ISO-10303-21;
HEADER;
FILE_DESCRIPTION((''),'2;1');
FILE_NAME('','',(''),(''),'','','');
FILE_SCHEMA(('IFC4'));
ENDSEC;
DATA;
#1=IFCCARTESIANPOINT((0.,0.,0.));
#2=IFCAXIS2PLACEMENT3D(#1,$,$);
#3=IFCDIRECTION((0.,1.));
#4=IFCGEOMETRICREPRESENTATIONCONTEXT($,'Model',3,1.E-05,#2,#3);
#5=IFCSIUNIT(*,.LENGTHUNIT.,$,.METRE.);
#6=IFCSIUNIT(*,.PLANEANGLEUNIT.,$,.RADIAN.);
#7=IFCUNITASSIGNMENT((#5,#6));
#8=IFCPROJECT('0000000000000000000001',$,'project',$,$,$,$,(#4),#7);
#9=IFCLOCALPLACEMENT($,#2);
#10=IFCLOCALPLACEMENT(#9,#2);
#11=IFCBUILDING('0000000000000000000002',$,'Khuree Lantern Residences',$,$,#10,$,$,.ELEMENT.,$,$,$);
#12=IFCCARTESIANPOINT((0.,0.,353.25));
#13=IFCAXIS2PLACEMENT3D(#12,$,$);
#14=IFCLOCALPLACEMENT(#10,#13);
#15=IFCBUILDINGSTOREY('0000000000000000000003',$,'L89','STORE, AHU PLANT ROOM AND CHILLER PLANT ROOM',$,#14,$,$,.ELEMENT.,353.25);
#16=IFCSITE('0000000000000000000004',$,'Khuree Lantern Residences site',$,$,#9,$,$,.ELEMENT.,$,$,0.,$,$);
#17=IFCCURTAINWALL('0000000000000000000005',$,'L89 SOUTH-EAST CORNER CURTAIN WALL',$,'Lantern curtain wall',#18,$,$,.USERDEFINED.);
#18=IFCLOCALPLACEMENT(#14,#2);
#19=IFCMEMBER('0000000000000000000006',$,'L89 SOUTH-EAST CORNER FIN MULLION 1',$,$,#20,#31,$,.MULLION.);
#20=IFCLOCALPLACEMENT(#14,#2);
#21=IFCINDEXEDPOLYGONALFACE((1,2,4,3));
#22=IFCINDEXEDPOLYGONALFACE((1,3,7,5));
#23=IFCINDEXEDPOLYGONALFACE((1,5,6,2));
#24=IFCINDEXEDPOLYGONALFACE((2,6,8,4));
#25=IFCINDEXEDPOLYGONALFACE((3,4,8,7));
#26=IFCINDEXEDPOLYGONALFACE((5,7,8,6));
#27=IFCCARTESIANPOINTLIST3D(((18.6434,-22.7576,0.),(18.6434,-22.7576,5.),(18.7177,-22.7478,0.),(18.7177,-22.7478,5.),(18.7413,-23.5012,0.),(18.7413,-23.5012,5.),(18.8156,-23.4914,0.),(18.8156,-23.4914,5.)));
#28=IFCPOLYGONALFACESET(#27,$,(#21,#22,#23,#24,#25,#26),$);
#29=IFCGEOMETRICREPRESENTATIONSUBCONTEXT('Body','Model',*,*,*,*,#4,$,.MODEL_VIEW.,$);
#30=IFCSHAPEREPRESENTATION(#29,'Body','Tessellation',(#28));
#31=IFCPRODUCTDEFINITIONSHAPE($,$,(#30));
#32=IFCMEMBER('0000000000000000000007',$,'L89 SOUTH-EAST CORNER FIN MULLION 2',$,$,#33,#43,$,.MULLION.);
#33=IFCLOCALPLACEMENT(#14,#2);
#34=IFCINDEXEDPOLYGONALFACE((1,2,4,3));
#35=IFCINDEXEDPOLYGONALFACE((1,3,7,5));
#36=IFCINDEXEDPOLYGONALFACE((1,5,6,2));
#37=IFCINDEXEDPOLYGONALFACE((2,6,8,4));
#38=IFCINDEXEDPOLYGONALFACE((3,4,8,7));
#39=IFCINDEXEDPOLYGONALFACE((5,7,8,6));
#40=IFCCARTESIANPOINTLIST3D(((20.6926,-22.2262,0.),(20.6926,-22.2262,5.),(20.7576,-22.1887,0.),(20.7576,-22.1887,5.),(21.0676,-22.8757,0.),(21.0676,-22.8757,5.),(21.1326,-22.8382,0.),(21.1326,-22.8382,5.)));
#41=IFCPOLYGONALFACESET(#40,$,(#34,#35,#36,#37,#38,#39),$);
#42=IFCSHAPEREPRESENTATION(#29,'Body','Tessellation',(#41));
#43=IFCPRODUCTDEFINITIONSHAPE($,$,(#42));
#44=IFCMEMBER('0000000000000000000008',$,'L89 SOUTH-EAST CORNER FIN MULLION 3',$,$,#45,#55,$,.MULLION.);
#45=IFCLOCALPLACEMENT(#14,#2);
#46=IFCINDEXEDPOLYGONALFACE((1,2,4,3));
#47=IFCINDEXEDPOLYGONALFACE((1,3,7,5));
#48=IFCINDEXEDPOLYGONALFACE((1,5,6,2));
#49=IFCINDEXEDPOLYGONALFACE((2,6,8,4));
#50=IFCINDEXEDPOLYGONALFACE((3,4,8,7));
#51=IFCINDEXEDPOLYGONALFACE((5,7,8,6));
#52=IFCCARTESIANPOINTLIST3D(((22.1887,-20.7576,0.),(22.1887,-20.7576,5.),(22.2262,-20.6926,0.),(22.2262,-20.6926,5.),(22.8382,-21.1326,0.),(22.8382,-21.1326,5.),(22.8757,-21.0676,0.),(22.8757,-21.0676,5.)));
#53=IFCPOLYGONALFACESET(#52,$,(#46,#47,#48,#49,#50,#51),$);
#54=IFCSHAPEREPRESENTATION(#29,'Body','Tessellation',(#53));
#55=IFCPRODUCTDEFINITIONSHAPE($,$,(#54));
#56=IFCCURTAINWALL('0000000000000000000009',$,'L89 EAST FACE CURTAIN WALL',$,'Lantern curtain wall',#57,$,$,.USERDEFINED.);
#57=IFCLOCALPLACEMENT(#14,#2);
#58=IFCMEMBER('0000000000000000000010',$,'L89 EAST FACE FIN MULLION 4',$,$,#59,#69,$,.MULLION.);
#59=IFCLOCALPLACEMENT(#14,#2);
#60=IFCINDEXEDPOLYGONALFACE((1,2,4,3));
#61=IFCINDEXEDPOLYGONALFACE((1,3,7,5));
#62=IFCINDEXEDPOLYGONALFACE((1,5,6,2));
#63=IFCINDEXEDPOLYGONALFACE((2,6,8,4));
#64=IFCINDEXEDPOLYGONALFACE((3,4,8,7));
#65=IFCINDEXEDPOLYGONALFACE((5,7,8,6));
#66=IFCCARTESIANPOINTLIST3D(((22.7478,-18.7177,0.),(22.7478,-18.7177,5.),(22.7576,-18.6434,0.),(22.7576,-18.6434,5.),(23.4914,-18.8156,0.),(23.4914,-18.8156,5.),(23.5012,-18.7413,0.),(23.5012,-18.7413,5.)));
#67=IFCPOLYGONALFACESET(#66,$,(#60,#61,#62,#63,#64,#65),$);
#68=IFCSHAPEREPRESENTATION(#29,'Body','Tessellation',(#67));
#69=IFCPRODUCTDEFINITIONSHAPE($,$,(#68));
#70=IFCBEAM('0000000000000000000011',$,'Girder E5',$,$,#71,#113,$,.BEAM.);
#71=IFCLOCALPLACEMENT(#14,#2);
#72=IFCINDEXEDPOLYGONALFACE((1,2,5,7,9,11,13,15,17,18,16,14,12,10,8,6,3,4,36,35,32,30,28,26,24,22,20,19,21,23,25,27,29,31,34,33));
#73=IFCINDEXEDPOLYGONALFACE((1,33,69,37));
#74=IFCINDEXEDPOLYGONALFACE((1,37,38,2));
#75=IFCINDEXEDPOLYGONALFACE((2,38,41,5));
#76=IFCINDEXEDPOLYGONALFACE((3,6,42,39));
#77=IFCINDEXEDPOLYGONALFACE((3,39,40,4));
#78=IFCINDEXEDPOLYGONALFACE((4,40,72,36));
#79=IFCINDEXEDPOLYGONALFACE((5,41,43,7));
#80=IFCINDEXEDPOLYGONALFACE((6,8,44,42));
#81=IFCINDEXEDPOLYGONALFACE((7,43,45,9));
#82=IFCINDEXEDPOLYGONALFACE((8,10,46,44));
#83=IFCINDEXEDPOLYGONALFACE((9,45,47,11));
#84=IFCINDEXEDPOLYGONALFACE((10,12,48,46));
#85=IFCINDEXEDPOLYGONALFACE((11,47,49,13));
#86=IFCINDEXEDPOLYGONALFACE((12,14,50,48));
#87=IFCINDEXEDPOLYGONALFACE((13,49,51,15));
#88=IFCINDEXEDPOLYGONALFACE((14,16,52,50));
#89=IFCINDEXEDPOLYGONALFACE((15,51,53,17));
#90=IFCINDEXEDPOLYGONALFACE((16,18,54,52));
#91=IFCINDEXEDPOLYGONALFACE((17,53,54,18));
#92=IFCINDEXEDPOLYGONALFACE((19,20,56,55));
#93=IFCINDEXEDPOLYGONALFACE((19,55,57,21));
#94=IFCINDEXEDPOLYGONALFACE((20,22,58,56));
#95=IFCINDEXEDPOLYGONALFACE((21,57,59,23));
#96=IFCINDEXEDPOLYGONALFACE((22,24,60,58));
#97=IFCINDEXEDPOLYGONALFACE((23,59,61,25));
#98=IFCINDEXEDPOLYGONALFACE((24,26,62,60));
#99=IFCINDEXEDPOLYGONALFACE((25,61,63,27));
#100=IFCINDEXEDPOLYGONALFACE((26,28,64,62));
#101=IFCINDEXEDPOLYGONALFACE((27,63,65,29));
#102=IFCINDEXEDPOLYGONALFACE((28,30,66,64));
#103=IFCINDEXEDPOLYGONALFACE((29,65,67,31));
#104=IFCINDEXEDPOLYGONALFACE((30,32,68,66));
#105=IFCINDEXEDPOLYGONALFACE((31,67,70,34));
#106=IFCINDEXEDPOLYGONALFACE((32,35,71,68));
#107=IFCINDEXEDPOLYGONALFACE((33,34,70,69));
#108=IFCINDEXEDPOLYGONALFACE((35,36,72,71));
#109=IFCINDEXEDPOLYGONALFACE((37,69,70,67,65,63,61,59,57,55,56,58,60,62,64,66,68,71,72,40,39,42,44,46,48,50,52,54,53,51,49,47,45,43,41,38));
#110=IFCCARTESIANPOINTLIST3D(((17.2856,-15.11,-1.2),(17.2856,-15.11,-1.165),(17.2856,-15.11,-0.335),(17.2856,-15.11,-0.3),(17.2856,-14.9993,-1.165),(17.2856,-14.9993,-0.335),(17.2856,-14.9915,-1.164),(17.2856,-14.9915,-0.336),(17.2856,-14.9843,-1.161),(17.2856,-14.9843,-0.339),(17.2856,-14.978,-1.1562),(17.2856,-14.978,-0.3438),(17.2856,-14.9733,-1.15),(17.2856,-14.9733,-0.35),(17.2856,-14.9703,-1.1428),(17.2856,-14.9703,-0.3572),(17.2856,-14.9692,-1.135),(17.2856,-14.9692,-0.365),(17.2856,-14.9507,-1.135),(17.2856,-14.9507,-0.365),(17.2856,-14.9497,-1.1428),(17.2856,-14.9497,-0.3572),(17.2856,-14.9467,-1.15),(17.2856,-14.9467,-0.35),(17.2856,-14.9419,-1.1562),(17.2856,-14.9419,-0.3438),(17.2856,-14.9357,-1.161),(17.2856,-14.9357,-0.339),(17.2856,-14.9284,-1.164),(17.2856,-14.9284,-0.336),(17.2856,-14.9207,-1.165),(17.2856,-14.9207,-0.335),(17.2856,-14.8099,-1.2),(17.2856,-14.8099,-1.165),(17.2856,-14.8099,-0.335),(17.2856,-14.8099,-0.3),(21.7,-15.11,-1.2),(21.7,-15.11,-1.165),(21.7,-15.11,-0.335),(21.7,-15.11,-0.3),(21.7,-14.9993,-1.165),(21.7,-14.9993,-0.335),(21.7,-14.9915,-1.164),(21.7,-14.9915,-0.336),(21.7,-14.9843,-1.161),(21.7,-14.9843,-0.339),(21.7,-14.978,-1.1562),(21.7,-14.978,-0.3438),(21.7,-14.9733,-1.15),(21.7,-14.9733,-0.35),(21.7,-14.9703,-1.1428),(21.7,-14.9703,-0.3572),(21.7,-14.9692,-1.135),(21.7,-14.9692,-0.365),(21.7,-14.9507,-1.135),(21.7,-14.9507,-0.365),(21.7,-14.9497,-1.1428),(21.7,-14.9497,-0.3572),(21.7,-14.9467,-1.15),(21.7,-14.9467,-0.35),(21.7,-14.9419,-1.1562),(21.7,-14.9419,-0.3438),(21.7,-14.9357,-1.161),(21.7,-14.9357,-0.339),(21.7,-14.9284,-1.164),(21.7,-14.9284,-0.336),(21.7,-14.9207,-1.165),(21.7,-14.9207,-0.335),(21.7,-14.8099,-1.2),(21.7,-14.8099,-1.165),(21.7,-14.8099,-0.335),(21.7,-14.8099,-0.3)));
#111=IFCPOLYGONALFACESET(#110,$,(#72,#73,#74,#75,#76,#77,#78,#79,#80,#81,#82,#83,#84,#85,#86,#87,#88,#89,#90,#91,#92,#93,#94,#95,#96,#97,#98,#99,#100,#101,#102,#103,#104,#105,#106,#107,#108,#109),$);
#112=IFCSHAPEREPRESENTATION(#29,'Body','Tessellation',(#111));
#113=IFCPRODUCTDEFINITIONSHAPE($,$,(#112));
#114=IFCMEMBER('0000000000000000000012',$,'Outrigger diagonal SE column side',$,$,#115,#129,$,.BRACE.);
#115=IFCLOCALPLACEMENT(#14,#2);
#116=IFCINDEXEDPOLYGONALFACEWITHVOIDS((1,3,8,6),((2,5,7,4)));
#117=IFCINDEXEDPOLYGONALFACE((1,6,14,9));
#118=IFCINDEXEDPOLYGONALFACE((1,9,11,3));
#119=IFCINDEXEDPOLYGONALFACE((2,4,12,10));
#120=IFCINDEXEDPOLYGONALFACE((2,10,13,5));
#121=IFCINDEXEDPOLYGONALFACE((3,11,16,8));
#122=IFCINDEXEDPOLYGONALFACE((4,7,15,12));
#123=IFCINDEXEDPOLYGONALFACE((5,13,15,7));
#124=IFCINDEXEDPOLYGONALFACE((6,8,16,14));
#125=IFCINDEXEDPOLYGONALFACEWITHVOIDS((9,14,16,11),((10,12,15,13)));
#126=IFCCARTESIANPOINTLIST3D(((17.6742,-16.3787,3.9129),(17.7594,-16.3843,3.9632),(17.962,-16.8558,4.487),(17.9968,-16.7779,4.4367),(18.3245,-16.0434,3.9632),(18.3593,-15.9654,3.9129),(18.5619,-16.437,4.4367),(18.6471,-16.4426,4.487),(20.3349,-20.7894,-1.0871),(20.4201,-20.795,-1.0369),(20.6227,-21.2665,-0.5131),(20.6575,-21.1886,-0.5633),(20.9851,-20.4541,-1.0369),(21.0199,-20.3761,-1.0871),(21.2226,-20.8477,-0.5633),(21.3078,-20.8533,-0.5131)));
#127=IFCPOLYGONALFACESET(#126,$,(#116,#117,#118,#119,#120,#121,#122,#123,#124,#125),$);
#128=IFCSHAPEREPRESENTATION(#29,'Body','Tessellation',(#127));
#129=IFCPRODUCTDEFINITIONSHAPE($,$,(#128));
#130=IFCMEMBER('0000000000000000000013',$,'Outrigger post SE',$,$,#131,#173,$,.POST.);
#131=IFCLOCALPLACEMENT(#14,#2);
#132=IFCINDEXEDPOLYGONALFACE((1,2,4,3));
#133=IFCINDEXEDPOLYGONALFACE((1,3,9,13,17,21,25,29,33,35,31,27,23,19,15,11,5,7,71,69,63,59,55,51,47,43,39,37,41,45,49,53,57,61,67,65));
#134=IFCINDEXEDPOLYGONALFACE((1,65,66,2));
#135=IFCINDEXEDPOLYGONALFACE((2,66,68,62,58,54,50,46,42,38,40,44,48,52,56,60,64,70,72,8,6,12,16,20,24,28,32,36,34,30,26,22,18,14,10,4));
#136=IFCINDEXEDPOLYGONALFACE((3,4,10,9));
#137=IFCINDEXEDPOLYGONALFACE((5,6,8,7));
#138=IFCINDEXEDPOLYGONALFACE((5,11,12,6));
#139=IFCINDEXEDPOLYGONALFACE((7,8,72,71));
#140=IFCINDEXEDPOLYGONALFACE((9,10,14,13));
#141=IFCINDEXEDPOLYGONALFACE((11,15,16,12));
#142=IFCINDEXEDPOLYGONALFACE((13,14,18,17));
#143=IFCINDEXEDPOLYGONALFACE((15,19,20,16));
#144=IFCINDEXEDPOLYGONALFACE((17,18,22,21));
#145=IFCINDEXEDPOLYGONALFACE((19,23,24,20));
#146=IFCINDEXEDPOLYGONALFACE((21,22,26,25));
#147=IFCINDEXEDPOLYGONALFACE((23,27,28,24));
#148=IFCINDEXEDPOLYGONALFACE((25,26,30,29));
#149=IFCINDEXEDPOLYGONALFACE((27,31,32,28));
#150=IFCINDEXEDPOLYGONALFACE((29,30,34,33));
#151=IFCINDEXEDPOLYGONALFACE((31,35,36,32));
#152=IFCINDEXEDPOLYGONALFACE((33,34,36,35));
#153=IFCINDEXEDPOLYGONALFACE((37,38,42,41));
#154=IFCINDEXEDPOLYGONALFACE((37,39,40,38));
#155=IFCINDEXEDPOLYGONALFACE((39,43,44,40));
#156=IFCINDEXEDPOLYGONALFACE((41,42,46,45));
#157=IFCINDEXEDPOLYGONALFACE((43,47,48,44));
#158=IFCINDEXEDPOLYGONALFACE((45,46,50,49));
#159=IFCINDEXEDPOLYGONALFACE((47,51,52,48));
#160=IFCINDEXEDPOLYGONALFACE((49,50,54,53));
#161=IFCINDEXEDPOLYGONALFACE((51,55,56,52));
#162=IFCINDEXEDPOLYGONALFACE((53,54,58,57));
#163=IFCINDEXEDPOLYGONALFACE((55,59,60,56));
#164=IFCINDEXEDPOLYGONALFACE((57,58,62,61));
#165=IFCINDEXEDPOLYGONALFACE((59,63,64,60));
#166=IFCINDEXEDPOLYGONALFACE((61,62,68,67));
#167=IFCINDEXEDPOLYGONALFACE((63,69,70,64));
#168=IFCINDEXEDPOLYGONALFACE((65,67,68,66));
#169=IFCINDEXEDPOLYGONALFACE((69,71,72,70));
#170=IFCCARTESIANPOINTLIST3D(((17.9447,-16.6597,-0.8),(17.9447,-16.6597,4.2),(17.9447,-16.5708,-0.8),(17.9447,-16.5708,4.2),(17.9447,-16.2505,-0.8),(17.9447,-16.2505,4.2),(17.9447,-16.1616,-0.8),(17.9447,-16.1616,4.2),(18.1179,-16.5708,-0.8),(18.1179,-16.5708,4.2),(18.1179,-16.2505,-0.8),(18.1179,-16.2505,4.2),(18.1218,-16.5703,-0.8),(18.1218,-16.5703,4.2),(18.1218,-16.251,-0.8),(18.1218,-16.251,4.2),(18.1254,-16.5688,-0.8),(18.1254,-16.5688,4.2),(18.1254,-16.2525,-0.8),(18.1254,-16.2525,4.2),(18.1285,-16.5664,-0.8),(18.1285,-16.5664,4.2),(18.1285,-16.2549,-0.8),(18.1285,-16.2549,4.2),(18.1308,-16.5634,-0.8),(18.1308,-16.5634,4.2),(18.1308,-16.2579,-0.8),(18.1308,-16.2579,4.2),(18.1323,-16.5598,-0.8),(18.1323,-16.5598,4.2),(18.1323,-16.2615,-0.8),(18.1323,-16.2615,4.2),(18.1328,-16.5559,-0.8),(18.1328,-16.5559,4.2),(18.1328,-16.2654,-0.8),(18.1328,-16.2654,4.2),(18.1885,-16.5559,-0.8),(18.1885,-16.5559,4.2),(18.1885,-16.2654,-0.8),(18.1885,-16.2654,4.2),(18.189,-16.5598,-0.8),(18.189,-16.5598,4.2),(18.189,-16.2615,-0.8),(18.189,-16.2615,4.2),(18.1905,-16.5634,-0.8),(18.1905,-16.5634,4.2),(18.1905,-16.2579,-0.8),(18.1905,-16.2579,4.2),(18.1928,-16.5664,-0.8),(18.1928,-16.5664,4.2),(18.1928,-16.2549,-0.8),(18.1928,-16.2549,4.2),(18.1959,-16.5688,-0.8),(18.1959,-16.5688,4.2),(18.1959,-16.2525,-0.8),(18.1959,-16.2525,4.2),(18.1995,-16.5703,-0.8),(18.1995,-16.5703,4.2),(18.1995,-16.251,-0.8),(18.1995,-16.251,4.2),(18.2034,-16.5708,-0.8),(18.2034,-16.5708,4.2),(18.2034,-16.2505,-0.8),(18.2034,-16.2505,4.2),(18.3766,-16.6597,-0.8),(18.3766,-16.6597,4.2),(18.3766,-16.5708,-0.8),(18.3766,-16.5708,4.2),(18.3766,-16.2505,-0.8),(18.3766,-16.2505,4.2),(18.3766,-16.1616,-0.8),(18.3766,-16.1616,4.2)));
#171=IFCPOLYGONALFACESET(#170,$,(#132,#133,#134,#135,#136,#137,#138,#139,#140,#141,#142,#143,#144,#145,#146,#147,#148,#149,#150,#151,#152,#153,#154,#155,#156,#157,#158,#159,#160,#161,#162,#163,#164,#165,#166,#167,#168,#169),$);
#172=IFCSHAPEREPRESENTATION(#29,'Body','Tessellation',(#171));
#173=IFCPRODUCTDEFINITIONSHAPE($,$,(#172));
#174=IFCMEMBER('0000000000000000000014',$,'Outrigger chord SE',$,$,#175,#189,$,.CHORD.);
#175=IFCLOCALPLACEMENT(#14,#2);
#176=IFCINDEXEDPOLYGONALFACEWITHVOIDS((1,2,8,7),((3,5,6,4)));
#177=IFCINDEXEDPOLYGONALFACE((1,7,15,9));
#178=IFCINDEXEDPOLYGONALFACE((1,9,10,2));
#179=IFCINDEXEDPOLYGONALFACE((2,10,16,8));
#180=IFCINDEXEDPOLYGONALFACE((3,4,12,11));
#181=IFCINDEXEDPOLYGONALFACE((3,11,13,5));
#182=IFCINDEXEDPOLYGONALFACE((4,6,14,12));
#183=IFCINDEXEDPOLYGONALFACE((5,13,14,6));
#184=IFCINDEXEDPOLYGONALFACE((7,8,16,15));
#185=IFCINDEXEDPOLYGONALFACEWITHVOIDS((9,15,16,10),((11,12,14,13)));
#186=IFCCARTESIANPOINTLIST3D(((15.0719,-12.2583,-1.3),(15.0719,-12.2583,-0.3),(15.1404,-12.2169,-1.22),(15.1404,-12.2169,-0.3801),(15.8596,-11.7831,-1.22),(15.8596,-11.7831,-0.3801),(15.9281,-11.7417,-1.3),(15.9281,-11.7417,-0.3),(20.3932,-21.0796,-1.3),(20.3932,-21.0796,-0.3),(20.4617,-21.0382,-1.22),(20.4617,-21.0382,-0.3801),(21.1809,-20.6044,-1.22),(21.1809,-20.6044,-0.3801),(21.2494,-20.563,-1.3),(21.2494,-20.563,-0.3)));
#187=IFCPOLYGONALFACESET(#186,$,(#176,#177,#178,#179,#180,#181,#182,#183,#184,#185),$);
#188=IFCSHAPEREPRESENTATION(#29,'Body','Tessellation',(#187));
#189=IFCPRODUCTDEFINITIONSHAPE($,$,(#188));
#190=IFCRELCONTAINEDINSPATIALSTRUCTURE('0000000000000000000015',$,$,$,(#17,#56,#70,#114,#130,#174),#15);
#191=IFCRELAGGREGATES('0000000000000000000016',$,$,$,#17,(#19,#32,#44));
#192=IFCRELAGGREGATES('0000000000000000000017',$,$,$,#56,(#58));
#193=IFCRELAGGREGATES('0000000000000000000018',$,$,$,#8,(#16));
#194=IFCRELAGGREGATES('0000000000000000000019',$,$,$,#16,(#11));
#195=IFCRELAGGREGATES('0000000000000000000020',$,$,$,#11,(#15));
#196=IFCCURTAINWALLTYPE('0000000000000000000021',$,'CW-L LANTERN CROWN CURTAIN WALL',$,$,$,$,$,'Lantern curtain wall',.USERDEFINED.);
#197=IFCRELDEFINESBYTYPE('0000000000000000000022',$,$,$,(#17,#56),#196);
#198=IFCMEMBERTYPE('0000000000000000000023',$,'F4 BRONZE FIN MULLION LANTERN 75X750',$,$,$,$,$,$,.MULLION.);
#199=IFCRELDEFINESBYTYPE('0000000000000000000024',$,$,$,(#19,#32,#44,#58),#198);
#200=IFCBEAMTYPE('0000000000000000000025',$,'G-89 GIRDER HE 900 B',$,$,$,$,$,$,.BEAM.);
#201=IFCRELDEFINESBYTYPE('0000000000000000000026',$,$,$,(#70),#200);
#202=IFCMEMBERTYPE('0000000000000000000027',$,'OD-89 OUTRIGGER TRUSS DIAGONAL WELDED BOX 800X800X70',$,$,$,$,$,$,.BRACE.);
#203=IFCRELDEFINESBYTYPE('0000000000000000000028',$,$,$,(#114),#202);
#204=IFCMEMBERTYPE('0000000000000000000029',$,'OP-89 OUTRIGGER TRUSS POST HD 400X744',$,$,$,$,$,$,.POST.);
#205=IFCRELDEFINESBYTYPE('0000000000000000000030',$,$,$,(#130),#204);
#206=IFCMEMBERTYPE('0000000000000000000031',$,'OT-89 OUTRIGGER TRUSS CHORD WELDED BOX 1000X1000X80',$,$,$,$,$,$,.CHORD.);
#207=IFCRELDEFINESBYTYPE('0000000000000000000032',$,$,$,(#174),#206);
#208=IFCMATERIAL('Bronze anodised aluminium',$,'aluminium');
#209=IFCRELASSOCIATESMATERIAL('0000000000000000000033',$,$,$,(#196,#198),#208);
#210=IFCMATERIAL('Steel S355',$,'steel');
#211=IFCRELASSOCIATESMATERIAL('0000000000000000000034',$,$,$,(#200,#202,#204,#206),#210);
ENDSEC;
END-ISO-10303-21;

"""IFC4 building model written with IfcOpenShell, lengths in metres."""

from ifc_helpers import new_model, si_unit, direction, frame, origin, origin_2d, place, context, subcontext, project, spatial, rectangle, hollow_rectangle, i_section, extrude, material, material_profile, profile_set, type_object, element, aggregate, save


model = new_model("IFC4")

# Units and contexts
model_context = context("Model", 3, precision=1e-05, world=origin(), true_north=direction((0.0, 1.0)))
body_context = subcontext(model_context, "Body", "Model", "MODEL_VIEW")
ifc_project = project(units=[si_unit("LENGTHUNIT", "METRE"), si_unit("PLANEANGLEUNIT", "RADIAN")], contexts=[model_context])

# Site, building, storey
site_placement = place(None, origin())
site = spatial("IfcSite", under=ifc_project, at=site_placement, Name="Khuree Lantern Residences site", CompositionType="ELEMENT", RefElevation=0.0)
building_placement = place(site_placement, origin())
building = spatial("IfcBuilding", under=site, at=building_placement, Name="Khuree Lantern Residences", CompositionType="ELEMENT")
storey_placement = place(building_placement, frame((0.0, 0.0, 353.25)))
storey = spatial("IfcBuildingStorey", under=building, at=storey_placement, Name="L89", Description="STORE, AHU PLANT ROOM AND CHILLER PLANT ROOM", CompositionType="ELEMENT", Elevation=353.25)

# Shared definitions
ifc_material_1 = material(Name="Steel S355", Category="steel")

# Curtain wall, members
ifc_material_2 = material(Name="Bronze anodised aluminium", Category="aluminium")
curtain_wall_type = type_object("IfcCurtainWallType", Name="CW-L LANTERN CROWN CURTAIN WALL", ElementType="Lantern curtain wall", PredefinedType="USERDEFINED", material=ifc_material_2)
curtain_wall_1_placement = place(storey_placement, origin())
curtain_wall_1 = element("IfcCurtainWall", 1, at=curtain_wall_1_placement, inside=storey, type_object=curtain_wall_type, Name="L89 SOUTH-EAST CORNER CURTAIN WALL", ObjectType="Lantern curtain wall", PredefinedType="USERDEFINED")
ifc_material_profile_1 = material_profile(ifc_material_2, rectangle(XDim=0.075, YDim=0.75, at=origin_2d()), Name="F4 75X750")
ifc_profile_set_1 = profile_set([ifc_material_profile_1], Name="Bronze anodised aluminium")
member_type_1 = type_object("IfcMemberType", Name="F4 BRONZE FIN MULLION LANTERN 75X750", PredefinedType="MULLION", material=ifc_profile_set_1)
member_1_placement = place(storey_placement, frame((18.7295, -23.1245, 0.0), z_axis=(0.0, 0.0, 1.0), x_axis=(0.991445, 0.130526, 0.0)))
member_1 = element("IfcMember", 2, at=member_1_placement, type_object=member_type_1, Name="L89 SOUTH-EAST CORNER FIN MULLION 1", PredefinedType="MULLION", context=body_context, shape_type="SweptSolid", body=[
    extrude(rectangle(XDim=0.075, YDim=0.75, at=origin_2d()), origin(), (0.0, 0.0, 1.0), 5.0),
])
member_2_placement = place(storey_placement, frame((20.9126, -22.5322, 0.0), z_axis=(0.0, 0.0, 1.0), x_axis=(0.866025, 0.5, 0.0)))
member_2 = element("IfcMember", 3, at=member_2_placement, type_object=member_type_1, Name="L89 SOUTH-EAST CORNER FIN MULLION 2", PredefinedType="MULLION", context=body_context, shape_type="SweptSolid", body=[
    extrude(rectangle(XDim=0.075, YDim=0.75, at=origin_2d()), origin(), (0.0, 0.0, 1.0), 5.0),
])
member_3_placement = place(storey_placement, frame((22.5322, -20.9126, 0.0), z_axis=(0.0, 0.0, 1.0), x_axis=(0.5, 0.866025, 0.0)))
member_3 = element("IfcMember", 4, at=member_3_placement, type_object=member_type_1, Name="L89 SOUTH-EAST CORNER FIN MULLION 3", PredefinedType="MULLION", context=body_context, shape_type="SweptSolid", body=[
    extrude(rectangle(XDim=0.075, YDim=0.75, at=origin_2d()), origin(), (0.0, 0.0, 1.0), 5.0),
])

# Curtain wall, member
curtain_wall_2_placement = place(storey_placement, origin())
curtain_wall_2 = element("IfcCurtainWall", 5, at=curtain_wall_2_placement, inside=storey, type_object=curtain_wall_type, Name="L89 EAST FACE CURTAIN WALL", ObjectType="Lantern curtain wall", PredefinedType="USERDEFINED")
member_4_placement = place(storey_placement, frame((23.1245, -18.7295, 0.0), z_axis=(0.0, 0.0, 1.0), x_axis=(0.130526, 0.991445, 0.0)))
member_4 = element("IfcMember", 6, at=member_4_placement, type_object=member_type_1, Name="L89 EAST FACE FIN MULLION 4", PredefinedType="MULLION", context=body_context, shape_type="SweptSolid", body=[
    extrude(rectangle(XDim=0.075, YDim=0.75, at=origin_2d()), origin(), (0.0, 0.0, 1.0), 5.0),
])

# Beam
ifc_material_profile_2 = material_profile(ifc_material_1, i_section(OverallWidth=0.3, OverallDepth=0.8999, WebThickness=0.0186, FlangeThickness=0.0349, FilletRadius=0.03, at=origin_2d()), Name="HE 900 B")
ifc_profile_set_2 = profile_set([ifc_material_profile_2], Name="Steel S355")
beam_type_1 = type_object("IfcBeamType", Name="G-89 GIRDER HE 900 B", PredefinedType="BEAM", material=ifc_profile_set_2)
beam_1_placement = place(storey_placement, frame((21.7, -14.96, -0.75), z_axis=(-1.0, 0.0, 0.0), x_axis=(0.0, -1.0, 0.0)))
element("IfcBeam", 7, at=beam_1_placement, inside=storey, type_object=beam_type_1, Name="Girder E5", PredefinedType="BEAM", context=body_context, shape_type="SweptSolid", body=[
    extrude(i_section(OverallWidth=0.3, OverallDepth=0.8999, WebThickness=0.0186, FlangeThickness=0.0349, FilletRadius=0.03, at=origin_2d()), origin(), (0.0, 0.0, 1.0), 4.4143),
])

# Members
ifc_material_profile_3 = material_profile(ifc_material_1, hollow_rectangle(XDim=0.8, YDim=0.8, WallThickness=0.0701, at=origin_2d()), Name="WELDED BOX 800X800X70")
ifc_profile_set_3 = profile_set([ifc_material_profile_3], Name="Steel S355")
member_type_2 = type_object("IfcMemberType", Name="OD-89 OUTRIGGER TRUSS DIAGONAL WELDED BOX 800X800X70", PredefinedType="BRACE", material=ifc_profile_set_3)
member_5_placement = place(storey_placement, frame((18.1606, -16.4106, 4.2), z_axis=(0.370634, -0.614413, -0.696511), x_axis=(0.856269, 0.51653, 0.0)))
element("IfcMember", 8, at=member_5_placement, inside=storey, type_object=member_type_2, Name="Outrigger diagonal SE column side", PredefinedType="BRACE", context=body_context, shape_type="SweptSolid", body=[
    extrude(hollow_rectangle(XDim=0.8, YDim=0.8, WallThickness=0.0701, at=origin_2d()), origin(), (0.0, 0.0, 1.0), 7.1787),
])
ifc_material_profile_4 = material_profile(ifc_material_1, i_section(OverallWidth=0.4319, OverallDepth=0.498, WebThickness=0.0557, FlangeThickness=0.0889, FilletRadius=0.0149, at=origin_2d()), Name="HD 400X744")
ifc_profile_set_4 = profile_set([ifc_material_profile_4], Name="Steel S355")
member_type_3 = type_object("IfcMemberType", Name="OP-89 OUTRIGGER TRUSS POST HD 400X744", PredefinedType="POST", material=ifc_profile_set_4)
member_6_placement = place(storey_placement, frame((18.1606, -16.4106, -0.8), z_axis=(0.0, 0.0, 1.0), x_axis=(1.0, 0.0, 0.0)))
element("IfcMember", 9, at=member_6_placement, inside=storey, type_object=member_type_3, Name="Outrigger post SE", PredefinedType="POST", context=body_context, shape_type="SweptSolid", body=[
    extrude(i_section(OverallWidth=0.4319, OverallDepth=0.498, WebThickness=0.0557, FlangeThickness=0.0889, FilletRadius=0.0149, at=origin_2d()), origin(), (0.0, 0.0, 1.0), 5.0),
])
ifc_material_profile_5 = material_profile(ifc_material_1, hollow_rectangle(XDim=1.0, YDim=1.0, WallThickness=0.0801, at=origin_2d()), Name="WELDED BOX 1000X1000X80")
ifc_profile_set_5 = profile_set([ifc_material_profile_5], Name="Steel S355")
member_type_4 = type_object("IfcMemberType", Name="OT-89 OUTRIGGER TRUSS CHORD WELDED BOX 1000X1000X80", PredefinedType="CHORD", material=ifc_profile_set_5)
member_7_placement = place(storey_placement, frame((20.8213, -20.8213, -0.8), z_axis=(-0.51653, 0.856269, 0.0), x_axis=(-0.856269, -0.51653, 0.0)))
element("IfcMember", 10, at=member_7_placement, inside=storey, type_object=member_type_4, Name="Outrigger chord SE", PredefinedType="CHORD", context=body_context, shape_type="SweptSolid", body=[
    extrude(hollow_rectangle(XDim=1.0, YDim=1.0, WallThickness=0.0801, at=origin_2d()), origin(), (0.0, 0.0, 1.0), 10.302),
])

aggregate(curtain_wall_1, [member_1, member_2, member_3])
aggregate(curtain_wall_2, [member_4])

save(model, "model.ifc")
